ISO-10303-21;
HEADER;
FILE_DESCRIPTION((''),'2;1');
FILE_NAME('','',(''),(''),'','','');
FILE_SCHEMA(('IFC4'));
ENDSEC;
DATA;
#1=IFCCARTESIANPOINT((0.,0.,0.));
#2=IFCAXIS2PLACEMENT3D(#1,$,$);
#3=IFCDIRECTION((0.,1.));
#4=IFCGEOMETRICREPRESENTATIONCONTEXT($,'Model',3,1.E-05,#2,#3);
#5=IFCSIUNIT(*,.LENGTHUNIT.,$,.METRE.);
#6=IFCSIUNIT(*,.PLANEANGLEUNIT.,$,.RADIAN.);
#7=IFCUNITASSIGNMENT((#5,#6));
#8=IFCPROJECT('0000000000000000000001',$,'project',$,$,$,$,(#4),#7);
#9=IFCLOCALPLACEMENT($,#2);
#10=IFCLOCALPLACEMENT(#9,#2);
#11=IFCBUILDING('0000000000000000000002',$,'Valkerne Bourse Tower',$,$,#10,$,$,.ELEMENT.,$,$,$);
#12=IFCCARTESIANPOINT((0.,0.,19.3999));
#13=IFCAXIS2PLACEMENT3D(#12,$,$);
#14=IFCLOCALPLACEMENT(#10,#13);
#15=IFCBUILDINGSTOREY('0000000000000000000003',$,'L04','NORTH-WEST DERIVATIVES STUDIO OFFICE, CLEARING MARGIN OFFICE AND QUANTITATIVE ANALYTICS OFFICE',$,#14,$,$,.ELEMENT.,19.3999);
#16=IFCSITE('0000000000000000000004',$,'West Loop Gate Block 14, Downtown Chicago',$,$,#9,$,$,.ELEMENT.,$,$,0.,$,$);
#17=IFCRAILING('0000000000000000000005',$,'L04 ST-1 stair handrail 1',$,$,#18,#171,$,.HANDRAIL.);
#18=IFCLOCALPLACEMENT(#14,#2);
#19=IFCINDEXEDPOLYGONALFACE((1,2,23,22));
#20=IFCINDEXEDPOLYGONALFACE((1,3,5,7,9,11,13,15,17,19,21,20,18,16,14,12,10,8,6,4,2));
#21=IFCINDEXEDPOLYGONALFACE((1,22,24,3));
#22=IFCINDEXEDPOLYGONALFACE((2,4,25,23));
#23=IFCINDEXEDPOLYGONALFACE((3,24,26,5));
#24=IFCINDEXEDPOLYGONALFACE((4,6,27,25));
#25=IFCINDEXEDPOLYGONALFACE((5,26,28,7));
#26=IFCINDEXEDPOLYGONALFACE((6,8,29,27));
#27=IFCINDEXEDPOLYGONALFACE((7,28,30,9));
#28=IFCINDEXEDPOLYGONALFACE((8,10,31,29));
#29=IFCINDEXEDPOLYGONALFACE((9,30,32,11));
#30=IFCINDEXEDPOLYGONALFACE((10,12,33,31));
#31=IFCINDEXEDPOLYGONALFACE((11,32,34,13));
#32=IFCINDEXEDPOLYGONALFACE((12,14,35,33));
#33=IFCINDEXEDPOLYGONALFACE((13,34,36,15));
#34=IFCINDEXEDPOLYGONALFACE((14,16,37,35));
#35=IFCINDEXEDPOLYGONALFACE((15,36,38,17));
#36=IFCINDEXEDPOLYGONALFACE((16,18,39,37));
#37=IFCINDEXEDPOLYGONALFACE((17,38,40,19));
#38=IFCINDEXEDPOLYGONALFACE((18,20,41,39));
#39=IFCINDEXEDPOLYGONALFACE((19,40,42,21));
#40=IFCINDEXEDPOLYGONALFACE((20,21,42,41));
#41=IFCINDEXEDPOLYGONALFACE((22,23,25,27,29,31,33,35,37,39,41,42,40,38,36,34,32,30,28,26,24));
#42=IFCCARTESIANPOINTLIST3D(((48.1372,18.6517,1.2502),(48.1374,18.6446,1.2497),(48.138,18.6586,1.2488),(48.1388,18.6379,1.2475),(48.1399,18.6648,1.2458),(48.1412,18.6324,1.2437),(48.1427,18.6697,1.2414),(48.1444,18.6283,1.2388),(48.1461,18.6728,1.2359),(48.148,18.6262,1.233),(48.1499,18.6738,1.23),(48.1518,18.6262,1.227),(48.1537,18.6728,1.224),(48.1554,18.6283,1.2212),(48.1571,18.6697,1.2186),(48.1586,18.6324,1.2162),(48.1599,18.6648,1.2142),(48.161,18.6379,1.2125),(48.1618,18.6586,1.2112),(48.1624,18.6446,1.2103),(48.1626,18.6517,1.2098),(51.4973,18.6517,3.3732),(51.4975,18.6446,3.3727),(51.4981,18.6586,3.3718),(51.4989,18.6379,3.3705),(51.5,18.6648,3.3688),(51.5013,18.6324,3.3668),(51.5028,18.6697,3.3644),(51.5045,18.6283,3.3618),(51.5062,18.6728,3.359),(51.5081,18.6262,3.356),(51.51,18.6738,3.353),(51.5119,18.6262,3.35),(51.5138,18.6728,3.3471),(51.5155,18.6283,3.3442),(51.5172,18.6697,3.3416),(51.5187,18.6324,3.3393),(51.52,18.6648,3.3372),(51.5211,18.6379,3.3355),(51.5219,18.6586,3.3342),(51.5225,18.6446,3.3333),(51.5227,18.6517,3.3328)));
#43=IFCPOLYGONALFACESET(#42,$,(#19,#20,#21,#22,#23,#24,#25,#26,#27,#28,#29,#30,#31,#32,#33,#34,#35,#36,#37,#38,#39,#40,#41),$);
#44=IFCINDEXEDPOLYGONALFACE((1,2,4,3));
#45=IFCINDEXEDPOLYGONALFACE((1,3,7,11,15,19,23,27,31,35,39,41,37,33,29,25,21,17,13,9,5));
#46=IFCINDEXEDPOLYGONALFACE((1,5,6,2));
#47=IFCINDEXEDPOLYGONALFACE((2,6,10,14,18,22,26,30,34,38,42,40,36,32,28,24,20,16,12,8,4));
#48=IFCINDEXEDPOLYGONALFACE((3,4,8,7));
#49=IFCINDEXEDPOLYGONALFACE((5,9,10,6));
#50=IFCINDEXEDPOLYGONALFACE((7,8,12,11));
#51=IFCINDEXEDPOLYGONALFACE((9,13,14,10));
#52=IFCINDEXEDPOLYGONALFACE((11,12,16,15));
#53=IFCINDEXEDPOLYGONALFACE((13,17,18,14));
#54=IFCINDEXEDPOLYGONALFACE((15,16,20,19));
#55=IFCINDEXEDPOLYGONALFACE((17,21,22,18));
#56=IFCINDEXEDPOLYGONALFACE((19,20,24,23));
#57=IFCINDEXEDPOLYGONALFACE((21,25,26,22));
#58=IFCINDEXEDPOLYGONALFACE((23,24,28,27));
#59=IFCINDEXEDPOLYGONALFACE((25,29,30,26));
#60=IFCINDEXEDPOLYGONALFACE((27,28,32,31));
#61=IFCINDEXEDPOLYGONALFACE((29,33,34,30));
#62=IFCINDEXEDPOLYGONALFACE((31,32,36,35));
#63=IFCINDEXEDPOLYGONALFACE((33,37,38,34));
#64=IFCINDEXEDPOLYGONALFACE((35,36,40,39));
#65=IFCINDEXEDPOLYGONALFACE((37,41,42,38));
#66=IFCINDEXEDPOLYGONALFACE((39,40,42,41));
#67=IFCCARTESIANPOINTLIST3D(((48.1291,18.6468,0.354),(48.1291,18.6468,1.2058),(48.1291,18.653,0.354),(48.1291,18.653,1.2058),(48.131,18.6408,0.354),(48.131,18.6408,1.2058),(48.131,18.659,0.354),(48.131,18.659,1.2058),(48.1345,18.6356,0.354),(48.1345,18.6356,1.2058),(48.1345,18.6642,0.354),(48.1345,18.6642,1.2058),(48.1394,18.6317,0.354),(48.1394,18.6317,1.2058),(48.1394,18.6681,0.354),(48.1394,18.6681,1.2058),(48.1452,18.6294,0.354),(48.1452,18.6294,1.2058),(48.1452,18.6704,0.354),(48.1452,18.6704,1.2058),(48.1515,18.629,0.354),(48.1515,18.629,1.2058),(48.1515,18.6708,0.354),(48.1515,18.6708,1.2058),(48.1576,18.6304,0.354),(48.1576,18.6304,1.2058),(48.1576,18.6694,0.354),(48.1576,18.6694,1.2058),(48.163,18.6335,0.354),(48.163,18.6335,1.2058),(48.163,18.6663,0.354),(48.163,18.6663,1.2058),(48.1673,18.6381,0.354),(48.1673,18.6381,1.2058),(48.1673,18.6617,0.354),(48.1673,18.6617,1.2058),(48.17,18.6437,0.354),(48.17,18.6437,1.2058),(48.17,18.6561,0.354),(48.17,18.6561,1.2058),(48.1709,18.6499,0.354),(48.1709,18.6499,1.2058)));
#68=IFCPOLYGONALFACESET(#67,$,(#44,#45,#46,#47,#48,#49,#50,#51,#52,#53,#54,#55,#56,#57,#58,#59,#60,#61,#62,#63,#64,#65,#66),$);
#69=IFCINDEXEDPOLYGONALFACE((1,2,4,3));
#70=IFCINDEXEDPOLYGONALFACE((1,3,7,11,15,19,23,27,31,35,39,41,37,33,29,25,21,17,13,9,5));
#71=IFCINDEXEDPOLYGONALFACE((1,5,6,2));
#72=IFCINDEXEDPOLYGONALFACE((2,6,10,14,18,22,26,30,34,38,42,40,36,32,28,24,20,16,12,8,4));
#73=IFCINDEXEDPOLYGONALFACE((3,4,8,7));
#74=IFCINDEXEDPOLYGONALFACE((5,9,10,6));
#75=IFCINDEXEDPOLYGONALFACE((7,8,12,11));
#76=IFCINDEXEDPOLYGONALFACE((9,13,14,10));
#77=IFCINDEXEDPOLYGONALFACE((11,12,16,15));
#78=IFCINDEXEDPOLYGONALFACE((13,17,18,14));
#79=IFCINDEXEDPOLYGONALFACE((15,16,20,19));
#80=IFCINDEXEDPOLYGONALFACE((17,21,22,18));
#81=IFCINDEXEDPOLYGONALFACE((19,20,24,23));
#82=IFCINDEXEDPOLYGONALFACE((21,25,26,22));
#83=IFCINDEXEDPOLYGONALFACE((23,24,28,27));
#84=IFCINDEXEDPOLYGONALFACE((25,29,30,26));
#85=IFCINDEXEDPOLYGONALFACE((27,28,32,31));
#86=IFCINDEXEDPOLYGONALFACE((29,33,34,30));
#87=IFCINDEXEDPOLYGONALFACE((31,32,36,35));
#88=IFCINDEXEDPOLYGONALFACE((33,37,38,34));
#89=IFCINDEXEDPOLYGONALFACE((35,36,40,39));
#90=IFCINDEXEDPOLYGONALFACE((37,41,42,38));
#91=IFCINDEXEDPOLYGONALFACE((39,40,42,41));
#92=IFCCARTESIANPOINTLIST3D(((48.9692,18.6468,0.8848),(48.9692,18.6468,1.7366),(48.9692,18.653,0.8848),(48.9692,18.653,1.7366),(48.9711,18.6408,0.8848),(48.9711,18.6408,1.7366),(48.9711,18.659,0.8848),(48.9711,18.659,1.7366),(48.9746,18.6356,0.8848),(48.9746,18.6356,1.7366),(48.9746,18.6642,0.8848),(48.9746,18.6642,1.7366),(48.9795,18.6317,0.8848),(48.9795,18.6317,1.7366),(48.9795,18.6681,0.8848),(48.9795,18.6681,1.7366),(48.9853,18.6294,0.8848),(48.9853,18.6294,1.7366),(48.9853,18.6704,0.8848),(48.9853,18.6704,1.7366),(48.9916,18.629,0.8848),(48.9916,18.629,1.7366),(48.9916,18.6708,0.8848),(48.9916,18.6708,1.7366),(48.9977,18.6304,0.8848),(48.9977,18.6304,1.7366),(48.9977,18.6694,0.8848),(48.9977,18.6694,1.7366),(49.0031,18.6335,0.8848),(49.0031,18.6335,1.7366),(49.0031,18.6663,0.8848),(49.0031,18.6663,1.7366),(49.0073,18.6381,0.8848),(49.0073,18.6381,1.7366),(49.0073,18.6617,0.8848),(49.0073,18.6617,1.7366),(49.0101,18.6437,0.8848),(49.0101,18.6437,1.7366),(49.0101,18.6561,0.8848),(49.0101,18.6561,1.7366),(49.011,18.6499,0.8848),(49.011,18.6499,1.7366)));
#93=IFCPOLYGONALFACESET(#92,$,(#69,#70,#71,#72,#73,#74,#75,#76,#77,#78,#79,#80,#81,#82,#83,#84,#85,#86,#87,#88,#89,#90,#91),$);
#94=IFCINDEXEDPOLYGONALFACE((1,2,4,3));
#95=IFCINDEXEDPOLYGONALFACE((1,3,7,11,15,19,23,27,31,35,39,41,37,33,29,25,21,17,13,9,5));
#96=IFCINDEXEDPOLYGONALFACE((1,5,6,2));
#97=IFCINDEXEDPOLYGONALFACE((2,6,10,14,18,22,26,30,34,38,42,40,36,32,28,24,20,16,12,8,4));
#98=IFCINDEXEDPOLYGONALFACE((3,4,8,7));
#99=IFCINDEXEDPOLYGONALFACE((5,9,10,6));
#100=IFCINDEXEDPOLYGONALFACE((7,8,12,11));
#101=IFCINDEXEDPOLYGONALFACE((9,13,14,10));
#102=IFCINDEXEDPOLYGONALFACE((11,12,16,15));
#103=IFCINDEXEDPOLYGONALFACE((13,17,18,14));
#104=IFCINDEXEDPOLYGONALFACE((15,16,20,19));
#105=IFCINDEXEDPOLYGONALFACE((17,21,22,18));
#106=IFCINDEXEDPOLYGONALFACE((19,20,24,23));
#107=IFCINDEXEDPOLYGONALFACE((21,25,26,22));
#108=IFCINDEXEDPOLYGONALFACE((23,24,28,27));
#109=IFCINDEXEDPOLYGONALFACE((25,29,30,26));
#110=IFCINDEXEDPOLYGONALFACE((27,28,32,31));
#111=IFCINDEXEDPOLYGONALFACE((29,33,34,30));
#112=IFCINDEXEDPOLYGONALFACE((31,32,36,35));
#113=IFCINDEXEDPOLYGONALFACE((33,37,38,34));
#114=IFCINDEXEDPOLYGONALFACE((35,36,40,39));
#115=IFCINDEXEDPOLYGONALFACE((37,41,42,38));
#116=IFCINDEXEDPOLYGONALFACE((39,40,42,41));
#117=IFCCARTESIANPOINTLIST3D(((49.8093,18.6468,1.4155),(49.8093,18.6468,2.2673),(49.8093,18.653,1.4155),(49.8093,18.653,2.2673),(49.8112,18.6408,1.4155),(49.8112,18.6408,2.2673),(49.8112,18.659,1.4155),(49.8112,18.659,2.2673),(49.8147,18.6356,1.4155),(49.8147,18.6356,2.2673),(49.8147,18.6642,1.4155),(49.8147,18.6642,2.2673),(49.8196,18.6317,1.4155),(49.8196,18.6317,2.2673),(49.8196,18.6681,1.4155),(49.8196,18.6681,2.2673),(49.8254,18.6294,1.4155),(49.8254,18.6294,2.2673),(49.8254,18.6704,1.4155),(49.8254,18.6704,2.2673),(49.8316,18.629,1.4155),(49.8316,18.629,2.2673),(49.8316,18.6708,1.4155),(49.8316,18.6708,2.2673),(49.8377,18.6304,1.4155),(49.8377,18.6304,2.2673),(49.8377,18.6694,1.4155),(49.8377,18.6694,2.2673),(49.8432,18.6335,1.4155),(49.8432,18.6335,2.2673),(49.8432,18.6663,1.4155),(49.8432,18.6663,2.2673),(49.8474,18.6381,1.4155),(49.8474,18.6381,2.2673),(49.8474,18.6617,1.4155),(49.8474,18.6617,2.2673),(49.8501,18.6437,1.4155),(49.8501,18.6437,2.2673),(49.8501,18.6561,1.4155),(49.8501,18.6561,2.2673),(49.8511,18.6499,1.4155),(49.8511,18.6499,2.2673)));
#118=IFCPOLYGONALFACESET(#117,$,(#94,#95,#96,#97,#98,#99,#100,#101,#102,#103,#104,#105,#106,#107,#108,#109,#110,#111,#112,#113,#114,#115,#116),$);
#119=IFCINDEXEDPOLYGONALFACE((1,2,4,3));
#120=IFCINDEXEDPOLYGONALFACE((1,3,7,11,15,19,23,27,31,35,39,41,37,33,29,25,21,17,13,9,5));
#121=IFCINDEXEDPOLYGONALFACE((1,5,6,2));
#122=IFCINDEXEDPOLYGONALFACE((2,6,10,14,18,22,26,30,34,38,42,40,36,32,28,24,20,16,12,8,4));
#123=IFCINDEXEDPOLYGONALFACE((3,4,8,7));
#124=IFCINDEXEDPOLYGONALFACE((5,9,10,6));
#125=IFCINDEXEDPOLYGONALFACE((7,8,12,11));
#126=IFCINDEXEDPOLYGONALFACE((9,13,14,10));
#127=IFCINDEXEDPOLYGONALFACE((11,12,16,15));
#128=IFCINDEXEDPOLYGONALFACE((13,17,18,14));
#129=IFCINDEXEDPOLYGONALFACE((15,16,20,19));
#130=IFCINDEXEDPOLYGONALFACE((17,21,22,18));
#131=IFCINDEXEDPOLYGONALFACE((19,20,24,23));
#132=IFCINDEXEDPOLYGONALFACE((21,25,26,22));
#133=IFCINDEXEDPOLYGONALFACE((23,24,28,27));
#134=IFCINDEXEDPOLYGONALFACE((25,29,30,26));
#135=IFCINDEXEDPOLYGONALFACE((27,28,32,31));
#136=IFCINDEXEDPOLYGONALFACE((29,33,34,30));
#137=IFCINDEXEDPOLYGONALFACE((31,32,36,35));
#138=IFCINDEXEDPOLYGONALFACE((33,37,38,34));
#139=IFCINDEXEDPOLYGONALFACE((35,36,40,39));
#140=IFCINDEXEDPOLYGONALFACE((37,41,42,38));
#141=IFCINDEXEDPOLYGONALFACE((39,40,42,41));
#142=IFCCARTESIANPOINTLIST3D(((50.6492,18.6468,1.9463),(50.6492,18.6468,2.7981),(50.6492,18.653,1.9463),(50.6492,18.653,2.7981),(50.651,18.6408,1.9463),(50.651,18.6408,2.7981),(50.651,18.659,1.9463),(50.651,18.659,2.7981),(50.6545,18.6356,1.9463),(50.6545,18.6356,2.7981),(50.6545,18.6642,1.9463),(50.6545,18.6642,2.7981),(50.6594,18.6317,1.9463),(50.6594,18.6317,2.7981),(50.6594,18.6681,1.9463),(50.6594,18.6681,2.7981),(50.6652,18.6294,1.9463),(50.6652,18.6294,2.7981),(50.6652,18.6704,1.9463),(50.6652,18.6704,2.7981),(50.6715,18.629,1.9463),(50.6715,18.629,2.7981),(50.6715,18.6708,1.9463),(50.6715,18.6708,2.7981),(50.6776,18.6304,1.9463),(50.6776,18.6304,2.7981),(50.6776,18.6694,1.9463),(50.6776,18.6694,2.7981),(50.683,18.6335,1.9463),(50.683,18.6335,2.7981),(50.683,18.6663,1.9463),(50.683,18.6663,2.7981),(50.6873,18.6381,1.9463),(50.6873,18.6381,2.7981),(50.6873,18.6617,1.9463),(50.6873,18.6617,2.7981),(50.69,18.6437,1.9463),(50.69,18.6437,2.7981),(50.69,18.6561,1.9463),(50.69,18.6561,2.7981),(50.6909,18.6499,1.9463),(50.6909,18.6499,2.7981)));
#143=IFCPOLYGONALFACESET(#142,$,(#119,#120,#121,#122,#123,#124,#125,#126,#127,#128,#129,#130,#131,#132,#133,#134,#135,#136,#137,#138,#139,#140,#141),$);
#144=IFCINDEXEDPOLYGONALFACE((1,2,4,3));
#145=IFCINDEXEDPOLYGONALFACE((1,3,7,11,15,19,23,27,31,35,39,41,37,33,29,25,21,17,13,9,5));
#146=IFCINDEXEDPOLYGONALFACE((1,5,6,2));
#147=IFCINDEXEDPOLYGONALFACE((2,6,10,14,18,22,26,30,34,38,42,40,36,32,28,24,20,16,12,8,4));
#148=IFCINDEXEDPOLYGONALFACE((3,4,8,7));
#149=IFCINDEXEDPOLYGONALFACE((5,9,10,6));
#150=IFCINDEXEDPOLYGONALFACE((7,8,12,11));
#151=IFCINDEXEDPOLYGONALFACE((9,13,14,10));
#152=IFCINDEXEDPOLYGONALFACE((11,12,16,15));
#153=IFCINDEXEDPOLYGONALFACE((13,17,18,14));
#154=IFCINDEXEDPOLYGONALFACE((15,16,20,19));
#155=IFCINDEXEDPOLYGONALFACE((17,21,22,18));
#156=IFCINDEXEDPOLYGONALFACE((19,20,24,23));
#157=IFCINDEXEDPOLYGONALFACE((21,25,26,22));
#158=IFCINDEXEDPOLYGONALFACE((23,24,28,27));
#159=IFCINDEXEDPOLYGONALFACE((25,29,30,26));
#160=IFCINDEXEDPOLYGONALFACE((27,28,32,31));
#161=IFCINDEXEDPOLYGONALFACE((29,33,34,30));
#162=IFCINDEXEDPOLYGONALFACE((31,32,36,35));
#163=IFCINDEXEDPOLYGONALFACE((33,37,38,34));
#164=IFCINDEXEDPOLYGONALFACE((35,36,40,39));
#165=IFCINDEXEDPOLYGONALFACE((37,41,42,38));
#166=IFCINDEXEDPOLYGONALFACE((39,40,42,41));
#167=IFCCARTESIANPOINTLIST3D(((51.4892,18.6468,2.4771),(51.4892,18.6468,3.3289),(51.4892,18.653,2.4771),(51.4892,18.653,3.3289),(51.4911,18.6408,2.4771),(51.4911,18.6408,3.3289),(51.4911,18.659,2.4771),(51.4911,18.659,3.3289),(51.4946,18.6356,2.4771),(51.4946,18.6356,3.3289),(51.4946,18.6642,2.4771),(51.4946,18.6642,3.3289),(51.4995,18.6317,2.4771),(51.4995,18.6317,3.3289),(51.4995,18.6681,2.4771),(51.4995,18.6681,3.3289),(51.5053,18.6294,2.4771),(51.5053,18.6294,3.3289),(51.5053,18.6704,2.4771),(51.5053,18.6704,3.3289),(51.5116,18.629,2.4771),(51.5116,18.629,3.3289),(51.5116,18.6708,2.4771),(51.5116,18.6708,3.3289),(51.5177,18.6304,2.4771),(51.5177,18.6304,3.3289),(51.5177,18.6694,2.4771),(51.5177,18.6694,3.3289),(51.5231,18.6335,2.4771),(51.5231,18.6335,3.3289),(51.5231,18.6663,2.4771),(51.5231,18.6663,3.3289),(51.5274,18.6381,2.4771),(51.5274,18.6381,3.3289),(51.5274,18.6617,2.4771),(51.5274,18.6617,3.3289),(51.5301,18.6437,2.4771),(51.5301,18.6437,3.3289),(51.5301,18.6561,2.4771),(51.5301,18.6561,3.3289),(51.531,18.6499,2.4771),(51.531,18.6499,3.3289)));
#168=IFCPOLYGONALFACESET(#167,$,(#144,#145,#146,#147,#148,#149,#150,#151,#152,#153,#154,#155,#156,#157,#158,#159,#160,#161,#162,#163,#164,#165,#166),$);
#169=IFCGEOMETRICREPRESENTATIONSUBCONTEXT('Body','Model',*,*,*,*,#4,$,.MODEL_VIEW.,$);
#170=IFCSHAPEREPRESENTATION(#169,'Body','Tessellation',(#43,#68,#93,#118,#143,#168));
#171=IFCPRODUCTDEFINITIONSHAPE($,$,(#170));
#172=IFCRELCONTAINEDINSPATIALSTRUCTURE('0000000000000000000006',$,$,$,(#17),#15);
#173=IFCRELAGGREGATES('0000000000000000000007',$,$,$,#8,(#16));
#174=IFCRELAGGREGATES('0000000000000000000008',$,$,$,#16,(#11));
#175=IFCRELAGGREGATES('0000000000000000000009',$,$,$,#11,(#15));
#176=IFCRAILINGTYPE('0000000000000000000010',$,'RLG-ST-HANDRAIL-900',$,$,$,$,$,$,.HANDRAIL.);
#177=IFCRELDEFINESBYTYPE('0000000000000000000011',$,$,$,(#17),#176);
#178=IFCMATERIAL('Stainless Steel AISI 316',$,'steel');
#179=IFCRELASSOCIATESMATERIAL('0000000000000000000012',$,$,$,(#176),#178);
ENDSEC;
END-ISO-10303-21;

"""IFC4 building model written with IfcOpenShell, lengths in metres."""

from ifc_helpers import new_model, si_unit, direction, frame, origin, origin_2d, place, context, subcontext, project, spatial, circle, extrude, material, type_object, element, save


model = new_model("IFC4")

# Units and contexts
model_context = context("Model", 3, precision=1e-05, world=origin(), true_north=direction((0.0, 1.0)))
body_context = subcontext(model_context, "Body", "Model", "MODEL_VIEW")
ifc_project = project(units=[si_unit("LENGTHUNIT", "METRE"), si_unit("PLANEANGLEUNIT", "RADIAN")], contexts=[model_context])

# Site, building, storey
site_placement = place(None, origin())
site = spatial("IfcSite", under=ifc_project, at=site_placement, Name="West Loop Gate Block 14, Downtown Chicago", CompositionType="ELEMENT", RefElevation=0.0)
building_placement = place(site_placement, origin())
building = spatial("IfcBuilding", under=site, at=building_placement, Name="Valkerne Bourse Tower", CompositionType="ELEMENT")
storey_placement = place(building_placement, frame((0.0, 0.0, 19.3999)))
storey = spatial("IfcBuildingStorey", under=building, at=storey_placement, Name="L04", Description="NORTH-WEST DERIVATIVES STUDIO OFFICE, CLEARING MARGIN OFFICE AND QUANTITATIVE ANALYTICS OFFICE", CompositionType="ELEMENT", Elevation=19.3999)

# Shared definitions
ifc_material_1 = material(Name="Stainless Steel AISI 316", Category="steel")

# Railing
railing_type_1 = type_object("IfcRailingType", Name="RLG-ST-HANDRAIL-900", PredefinedType="HANDRAIL", material=ifc_material_1)
railing_1_placement = place(storey_placement, frame((48.1499, 18.6499, 0.354)))
element("IfcRailing", 1, at=railing_1_placement, inside=storey, type_object=railing_type_1, Name="L04 ST-1 stair handrail 1", PredefinedType="HANDRAIL", context=body_context, shape_type="SweptSolid", body=[
    extrude(circle(Radius=0.0239, at=origin_2d()), frame((0.0, 0.0, 0.876), z_axis=(0.84539, 0.0, 0.53415), x_axis=(0.0, 1.0, 0.0)), (0.0, 0.0, 1.0), 3.9746),
    extrude(circle(Radius=0.021, at=origin_2d()), origin(), (0.0, 0.0, 1.0), 0.8518),
    extrude(circle(Radius=0.021, at=origin_2d()), frame((0.8401, 0.0, 0.5308)), (0.0, 0.0, 1.0), 0.8518),
    extrude(circle(Radius=0.021, at=origin_2d()), frame((1.6802, 0.0, 1.0615)), (0.0, 0.0, 1.0), 0.8518),
    extrude(circle(Radius=0.021, at=origin_2d()), frame((2.52, 0.0, 1.5923)), (0.0, 0.0, 1.0), 0.8518),
    extrude(circle(Radius=0.021, at=origin_2d()), frame((3.3601, 0.0, 2.123)), (0.0, 0.0, 1.0), 0.8518),
])

save(model, "model.ifc")
